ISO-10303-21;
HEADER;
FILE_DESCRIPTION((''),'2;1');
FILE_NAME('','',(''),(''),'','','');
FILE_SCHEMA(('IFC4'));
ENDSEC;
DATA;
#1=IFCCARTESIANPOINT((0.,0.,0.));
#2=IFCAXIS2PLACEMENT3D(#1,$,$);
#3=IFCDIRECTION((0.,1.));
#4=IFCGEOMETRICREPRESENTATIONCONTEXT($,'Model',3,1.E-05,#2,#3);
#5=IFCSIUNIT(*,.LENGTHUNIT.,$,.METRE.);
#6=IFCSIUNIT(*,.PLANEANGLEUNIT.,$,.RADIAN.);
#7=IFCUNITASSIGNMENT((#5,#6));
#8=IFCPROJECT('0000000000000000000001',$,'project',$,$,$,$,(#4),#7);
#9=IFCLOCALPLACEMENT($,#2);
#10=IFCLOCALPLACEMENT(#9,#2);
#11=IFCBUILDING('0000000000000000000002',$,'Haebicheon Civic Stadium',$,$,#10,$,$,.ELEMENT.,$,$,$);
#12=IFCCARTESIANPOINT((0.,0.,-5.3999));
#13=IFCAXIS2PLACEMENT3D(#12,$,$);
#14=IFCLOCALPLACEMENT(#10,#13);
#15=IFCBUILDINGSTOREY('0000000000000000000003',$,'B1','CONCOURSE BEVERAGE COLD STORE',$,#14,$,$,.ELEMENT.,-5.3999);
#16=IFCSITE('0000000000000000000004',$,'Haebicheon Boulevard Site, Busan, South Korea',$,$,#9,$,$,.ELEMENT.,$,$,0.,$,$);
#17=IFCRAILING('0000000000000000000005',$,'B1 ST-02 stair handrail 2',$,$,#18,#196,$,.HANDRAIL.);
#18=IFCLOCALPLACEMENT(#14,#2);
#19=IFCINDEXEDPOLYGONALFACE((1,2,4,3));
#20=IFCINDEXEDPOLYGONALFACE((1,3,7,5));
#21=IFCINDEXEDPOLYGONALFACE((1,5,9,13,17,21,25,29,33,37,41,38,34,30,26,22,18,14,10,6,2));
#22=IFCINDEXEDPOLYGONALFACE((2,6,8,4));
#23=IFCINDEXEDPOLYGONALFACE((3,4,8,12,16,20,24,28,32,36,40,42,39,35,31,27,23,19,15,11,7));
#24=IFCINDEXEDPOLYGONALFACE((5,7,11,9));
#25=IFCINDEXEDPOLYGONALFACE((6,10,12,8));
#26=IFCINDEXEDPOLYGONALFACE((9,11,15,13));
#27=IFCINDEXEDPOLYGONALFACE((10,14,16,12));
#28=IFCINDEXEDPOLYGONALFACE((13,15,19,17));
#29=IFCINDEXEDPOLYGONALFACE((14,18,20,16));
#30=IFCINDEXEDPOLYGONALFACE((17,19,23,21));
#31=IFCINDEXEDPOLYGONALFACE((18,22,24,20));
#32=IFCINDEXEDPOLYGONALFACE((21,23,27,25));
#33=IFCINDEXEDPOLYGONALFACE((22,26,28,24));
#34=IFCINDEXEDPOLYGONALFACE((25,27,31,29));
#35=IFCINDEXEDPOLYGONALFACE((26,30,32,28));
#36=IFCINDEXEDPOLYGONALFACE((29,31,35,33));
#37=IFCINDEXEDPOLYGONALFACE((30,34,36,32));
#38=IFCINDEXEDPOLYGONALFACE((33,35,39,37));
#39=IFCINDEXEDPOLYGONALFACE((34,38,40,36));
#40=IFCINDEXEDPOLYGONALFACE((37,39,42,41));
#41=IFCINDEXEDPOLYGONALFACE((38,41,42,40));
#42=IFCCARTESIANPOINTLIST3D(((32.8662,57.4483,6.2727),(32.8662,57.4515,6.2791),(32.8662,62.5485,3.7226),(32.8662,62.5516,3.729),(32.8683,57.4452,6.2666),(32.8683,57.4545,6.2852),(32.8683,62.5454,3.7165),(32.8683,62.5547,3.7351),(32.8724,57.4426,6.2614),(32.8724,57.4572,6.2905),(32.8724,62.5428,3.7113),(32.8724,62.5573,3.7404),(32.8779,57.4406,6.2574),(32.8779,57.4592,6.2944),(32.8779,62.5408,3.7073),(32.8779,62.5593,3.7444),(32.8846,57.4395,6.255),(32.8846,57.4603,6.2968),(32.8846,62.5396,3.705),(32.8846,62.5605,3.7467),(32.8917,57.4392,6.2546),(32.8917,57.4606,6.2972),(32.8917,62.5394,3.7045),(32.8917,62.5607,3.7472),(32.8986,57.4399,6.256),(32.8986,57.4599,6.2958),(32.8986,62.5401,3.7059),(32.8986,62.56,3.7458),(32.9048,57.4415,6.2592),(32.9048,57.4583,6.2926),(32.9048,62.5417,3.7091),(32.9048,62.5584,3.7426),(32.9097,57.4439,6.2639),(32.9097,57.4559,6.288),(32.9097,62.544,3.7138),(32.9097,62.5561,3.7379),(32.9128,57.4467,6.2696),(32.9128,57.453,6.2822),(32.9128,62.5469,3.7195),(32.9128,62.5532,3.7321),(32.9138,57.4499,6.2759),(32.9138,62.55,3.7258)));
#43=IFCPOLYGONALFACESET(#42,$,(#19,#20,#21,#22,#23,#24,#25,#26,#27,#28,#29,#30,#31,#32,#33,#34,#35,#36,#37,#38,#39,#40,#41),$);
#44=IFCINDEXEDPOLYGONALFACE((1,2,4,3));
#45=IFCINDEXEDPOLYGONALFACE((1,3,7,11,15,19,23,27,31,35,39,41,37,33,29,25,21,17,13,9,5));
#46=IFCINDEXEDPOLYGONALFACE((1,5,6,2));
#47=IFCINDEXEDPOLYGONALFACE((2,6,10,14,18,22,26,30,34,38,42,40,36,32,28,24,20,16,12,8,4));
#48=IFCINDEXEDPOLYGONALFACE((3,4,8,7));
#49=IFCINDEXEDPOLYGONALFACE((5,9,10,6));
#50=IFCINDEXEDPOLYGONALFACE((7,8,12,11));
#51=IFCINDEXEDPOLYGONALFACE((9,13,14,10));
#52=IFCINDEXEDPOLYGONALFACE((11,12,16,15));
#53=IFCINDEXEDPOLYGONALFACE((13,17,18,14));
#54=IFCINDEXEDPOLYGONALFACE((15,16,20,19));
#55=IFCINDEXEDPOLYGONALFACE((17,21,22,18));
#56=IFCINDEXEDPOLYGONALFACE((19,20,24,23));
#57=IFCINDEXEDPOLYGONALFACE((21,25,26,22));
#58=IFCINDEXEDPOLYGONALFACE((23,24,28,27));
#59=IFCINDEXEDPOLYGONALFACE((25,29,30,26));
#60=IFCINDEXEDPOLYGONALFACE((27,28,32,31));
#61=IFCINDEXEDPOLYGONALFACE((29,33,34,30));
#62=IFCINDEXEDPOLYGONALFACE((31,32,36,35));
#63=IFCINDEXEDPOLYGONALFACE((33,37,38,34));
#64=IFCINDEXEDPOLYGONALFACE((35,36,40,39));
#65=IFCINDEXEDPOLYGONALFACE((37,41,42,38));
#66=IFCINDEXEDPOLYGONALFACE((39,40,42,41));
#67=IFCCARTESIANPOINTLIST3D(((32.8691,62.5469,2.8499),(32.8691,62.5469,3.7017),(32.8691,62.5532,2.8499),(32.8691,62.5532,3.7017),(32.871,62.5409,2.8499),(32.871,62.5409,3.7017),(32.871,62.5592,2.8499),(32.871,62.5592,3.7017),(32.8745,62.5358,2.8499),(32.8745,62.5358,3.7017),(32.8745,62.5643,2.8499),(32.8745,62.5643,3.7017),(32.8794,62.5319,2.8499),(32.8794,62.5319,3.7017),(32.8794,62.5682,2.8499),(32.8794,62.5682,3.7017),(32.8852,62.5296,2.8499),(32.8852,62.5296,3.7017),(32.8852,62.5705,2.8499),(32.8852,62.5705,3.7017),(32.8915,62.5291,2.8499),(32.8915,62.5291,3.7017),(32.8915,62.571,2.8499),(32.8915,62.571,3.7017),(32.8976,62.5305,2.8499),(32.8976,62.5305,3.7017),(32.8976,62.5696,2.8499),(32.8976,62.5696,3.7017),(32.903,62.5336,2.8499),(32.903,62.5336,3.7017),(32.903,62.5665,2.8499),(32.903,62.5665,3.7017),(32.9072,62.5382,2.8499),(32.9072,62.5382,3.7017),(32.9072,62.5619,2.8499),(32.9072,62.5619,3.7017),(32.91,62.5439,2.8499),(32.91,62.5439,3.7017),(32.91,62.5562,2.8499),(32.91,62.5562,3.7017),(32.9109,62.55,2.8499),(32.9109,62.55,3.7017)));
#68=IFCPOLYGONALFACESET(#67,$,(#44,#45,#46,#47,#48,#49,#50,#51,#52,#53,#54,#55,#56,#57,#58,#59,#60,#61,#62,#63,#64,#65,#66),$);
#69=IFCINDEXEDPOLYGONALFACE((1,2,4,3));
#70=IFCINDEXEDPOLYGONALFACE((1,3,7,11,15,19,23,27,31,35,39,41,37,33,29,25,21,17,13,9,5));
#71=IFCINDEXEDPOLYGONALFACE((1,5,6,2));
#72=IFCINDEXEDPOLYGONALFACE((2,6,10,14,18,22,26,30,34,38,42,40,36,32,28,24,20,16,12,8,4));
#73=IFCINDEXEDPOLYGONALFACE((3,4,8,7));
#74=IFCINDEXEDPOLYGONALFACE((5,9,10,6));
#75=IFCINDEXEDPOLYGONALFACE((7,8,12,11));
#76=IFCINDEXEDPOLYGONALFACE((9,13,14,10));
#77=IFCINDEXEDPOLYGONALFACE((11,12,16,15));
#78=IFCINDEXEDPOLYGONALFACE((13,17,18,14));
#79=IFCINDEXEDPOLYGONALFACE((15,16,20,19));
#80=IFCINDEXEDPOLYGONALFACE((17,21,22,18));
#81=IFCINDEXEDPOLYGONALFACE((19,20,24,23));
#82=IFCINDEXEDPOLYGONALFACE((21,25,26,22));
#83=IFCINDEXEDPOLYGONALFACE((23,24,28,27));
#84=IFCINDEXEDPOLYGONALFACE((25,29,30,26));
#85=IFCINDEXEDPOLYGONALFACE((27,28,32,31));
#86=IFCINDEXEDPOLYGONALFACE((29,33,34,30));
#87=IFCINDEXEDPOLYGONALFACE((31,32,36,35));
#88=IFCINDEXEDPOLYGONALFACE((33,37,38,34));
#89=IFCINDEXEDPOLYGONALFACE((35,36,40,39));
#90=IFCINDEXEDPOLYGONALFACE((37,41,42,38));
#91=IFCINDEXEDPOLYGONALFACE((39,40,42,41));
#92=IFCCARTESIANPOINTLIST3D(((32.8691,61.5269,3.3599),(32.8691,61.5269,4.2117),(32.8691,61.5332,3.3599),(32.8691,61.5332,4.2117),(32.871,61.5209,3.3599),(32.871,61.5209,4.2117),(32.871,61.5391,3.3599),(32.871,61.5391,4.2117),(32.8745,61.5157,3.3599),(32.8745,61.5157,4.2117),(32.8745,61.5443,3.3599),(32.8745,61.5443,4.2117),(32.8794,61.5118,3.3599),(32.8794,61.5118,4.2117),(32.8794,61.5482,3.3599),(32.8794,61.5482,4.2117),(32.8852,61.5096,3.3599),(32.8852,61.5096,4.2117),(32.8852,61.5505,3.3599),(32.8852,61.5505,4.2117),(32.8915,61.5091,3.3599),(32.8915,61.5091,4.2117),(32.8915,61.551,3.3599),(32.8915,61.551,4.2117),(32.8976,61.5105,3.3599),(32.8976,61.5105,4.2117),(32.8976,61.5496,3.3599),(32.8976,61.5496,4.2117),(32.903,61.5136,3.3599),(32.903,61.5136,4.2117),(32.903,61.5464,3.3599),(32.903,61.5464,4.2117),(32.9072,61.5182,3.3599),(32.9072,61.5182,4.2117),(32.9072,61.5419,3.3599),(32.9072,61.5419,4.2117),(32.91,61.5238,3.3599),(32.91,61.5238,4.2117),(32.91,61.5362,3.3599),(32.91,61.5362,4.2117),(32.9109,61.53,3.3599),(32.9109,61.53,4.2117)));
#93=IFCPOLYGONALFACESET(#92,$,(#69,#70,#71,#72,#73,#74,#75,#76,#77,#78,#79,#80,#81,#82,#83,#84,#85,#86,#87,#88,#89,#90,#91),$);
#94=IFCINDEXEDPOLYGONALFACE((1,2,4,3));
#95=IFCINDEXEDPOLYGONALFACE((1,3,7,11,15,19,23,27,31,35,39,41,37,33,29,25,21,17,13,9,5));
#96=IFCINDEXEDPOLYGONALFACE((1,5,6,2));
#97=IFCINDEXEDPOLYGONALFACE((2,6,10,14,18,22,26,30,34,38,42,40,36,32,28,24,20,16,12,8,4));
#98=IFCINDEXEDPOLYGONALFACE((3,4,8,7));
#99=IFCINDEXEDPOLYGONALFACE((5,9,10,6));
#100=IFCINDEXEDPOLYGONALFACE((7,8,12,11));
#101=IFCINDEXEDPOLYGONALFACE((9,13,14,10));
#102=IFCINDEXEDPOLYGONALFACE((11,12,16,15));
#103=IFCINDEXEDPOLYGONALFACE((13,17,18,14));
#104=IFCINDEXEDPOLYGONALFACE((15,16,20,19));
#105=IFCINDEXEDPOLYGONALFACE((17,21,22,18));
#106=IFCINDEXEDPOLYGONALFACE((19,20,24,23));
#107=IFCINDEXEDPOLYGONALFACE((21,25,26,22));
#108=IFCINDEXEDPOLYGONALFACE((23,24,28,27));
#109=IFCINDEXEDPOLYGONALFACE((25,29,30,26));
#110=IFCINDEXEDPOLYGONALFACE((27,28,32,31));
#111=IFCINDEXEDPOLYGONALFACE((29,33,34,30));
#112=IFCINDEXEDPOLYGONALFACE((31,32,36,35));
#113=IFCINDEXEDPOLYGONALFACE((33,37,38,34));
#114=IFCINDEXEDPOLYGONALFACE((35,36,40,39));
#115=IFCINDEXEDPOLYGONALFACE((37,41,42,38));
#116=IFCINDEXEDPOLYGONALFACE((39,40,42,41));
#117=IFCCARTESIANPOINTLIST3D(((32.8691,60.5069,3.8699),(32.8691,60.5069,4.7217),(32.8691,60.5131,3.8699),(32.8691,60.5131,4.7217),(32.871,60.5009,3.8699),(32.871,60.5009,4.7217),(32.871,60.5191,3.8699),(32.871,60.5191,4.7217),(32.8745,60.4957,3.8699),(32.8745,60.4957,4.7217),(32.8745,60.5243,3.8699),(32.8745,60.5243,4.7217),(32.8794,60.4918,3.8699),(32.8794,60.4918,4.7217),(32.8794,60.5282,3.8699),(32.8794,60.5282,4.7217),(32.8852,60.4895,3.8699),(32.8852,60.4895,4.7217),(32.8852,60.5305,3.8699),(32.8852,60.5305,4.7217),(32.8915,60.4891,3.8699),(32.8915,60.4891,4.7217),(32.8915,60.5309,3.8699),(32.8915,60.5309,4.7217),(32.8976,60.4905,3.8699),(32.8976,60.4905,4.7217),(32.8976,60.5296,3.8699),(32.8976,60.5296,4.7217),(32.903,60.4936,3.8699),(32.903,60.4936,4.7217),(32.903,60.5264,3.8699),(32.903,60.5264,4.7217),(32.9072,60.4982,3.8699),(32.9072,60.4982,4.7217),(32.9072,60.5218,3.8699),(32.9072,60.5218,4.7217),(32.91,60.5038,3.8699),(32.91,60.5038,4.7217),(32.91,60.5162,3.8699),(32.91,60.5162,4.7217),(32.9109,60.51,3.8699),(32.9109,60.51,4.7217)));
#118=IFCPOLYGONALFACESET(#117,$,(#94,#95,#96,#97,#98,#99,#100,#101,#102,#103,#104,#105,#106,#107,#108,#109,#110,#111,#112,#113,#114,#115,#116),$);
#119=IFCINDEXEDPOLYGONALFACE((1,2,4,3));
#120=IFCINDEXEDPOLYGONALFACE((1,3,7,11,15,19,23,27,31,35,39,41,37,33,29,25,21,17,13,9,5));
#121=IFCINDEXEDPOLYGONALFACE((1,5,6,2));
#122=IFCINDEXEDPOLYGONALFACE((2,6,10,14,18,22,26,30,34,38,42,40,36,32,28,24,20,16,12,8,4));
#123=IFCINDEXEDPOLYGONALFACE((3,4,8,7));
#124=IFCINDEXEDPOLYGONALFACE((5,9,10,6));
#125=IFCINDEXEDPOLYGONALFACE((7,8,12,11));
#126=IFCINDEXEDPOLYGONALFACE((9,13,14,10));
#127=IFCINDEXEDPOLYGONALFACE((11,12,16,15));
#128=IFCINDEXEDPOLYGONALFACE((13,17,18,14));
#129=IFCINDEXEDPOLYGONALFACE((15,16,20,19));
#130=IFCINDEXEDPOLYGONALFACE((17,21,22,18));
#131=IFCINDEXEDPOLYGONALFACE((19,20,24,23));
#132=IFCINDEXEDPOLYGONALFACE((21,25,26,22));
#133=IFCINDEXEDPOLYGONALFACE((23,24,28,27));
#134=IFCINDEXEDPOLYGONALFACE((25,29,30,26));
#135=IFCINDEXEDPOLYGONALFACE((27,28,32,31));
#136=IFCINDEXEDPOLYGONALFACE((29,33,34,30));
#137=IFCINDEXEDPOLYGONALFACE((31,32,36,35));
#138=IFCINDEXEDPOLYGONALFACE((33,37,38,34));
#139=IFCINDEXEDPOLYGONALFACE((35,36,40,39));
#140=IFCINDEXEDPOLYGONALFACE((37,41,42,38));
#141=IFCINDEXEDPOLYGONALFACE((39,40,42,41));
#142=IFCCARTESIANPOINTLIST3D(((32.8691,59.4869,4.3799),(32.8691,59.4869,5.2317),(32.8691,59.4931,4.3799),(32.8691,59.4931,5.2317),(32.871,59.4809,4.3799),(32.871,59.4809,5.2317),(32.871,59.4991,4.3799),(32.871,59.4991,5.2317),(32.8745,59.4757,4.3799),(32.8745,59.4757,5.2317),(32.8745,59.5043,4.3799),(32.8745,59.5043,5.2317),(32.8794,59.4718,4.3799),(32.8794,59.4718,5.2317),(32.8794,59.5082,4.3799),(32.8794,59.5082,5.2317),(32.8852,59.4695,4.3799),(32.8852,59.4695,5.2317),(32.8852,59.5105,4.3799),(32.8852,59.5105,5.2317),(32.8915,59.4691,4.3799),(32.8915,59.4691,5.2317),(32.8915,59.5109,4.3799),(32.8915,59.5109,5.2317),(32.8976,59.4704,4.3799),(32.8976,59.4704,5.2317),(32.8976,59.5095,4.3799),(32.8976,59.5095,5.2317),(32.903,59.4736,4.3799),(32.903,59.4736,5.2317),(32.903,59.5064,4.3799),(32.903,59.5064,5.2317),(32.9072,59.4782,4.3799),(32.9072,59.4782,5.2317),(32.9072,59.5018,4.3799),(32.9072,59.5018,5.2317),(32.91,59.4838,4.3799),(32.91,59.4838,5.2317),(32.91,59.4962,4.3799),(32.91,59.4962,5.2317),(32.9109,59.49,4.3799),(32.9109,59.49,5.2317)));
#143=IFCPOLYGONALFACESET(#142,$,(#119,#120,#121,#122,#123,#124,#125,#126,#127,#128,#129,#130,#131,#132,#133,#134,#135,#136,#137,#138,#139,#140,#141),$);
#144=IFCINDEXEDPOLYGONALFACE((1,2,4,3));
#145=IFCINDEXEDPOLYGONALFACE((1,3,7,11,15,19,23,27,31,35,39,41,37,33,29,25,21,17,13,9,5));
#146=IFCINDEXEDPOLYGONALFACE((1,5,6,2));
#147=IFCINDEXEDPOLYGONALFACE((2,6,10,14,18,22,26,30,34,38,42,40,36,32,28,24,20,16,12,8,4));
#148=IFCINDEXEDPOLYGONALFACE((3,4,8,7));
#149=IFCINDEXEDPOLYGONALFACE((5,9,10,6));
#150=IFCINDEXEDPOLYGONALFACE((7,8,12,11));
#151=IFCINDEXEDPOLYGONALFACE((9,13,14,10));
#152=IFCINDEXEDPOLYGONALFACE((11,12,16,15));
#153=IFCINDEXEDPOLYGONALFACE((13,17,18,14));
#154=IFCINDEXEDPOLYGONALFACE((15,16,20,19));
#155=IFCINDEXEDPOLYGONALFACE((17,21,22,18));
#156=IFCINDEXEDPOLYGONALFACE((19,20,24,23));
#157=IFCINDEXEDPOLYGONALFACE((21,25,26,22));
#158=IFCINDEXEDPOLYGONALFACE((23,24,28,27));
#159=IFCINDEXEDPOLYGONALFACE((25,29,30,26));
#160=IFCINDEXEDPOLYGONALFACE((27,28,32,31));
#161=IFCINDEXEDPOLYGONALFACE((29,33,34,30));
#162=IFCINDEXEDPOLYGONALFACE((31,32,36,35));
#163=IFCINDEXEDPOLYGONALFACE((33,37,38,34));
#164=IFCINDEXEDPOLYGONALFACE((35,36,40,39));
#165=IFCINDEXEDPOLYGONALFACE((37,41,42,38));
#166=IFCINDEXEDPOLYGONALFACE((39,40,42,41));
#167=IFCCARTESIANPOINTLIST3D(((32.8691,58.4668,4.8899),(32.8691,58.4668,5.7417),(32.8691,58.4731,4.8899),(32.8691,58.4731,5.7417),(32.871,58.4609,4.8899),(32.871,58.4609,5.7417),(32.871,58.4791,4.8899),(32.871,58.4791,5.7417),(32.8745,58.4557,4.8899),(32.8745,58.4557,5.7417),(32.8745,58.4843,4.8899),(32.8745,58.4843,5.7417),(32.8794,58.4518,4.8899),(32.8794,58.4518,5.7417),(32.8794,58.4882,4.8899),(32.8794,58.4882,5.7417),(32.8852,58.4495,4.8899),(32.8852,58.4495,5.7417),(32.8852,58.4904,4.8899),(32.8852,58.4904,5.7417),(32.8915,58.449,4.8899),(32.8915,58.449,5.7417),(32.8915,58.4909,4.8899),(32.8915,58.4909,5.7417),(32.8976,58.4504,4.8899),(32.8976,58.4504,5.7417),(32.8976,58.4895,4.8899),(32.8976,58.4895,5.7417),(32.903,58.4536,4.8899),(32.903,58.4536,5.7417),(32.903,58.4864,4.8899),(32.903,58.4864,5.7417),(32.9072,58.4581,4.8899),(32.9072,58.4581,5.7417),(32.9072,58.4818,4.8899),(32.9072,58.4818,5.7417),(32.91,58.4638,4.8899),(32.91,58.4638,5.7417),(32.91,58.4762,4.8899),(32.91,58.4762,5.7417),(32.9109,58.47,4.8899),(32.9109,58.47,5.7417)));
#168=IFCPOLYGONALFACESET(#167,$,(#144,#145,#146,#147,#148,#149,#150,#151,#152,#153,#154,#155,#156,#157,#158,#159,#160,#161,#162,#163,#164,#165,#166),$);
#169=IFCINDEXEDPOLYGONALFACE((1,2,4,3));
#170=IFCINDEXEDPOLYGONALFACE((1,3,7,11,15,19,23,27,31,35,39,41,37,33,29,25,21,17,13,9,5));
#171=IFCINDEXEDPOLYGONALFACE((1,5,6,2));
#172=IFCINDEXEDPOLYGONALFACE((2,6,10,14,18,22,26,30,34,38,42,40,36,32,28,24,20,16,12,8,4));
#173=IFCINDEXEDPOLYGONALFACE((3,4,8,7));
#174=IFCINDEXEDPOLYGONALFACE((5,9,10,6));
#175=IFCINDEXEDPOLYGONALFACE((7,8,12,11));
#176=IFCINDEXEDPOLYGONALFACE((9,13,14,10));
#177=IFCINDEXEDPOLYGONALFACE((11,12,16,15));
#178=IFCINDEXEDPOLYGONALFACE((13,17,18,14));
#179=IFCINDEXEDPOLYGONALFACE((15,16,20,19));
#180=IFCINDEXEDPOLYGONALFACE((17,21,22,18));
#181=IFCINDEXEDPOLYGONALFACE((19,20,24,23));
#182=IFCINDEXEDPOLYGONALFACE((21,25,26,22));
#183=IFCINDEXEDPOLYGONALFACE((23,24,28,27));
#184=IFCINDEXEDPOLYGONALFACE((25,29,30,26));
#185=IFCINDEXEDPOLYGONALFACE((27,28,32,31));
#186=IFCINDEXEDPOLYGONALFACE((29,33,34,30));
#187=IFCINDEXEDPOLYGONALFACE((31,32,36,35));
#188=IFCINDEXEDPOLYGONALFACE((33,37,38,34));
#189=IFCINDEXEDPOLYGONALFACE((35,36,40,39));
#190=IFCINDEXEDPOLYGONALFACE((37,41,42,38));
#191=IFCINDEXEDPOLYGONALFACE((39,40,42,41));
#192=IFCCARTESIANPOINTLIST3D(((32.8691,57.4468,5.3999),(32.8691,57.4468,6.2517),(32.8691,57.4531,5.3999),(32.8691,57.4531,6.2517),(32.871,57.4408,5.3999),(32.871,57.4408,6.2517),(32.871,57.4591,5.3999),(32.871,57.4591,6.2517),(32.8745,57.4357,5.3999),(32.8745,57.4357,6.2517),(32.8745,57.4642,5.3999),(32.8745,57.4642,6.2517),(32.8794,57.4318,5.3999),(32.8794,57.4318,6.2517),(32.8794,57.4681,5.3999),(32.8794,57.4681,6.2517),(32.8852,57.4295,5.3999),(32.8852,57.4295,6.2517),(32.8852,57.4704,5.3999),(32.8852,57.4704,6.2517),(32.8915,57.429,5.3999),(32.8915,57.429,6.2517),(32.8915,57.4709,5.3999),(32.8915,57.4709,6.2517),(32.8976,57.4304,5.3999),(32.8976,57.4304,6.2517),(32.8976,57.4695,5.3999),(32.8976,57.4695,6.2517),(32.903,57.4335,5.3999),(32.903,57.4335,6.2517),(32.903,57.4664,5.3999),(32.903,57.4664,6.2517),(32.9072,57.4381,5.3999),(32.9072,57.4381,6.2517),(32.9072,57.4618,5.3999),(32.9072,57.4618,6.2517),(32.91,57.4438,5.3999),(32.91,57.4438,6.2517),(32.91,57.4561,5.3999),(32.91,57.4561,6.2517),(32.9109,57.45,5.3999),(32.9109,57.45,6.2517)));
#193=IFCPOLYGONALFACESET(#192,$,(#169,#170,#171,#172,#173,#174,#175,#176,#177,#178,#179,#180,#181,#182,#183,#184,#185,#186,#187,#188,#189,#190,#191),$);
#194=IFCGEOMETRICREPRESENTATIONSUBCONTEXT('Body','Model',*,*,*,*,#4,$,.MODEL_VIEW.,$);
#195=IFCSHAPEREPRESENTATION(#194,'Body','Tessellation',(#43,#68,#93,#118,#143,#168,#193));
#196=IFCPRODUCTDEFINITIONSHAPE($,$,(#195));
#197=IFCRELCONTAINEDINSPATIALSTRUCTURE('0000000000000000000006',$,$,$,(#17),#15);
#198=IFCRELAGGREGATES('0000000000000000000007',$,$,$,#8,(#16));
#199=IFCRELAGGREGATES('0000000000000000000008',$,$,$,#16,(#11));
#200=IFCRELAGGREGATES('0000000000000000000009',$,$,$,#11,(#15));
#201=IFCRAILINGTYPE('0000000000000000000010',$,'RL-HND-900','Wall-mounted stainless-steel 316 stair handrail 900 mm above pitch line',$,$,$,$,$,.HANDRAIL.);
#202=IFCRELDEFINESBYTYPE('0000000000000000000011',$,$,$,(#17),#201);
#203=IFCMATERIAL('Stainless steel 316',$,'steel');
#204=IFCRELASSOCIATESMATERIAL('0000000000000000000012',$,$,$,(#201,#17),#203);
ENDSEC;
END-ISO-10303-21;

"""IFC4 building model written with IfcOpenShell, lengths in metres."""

from ifc_helpers import new_model, si_unit, direction, frame, origin, origin_2d, place, context, subcontext, project, spatial, circle, extrude, material, type_object, element, save


model = new_model("IFC4")

# Units and contexts
model_context = context("Model", 3, precision=1e-05, world=origin(), true_north=direction((0.0, 1.0)))
body_context = subcontext(model_context, "Body", "Model", "MODEL_VIEW")
ifc_project = project(units=[si_unit("LENGTHUNIT", "METRE"), si_unit("PLANEANGLEUNIT", "RADIAN")], contexts=[model_context])

# Site, building, storey
site_placement = place(None, origin())
site = spatial("IfcSite", under=ifc_project, at=site_placement, Name="Haebicheon Boulevard Site, Busan, South Korea", CompositionType="ELEMENT", RefElevation=0.0)
building_placement = place(site_placement, origin())
building = spatial("IfcBuilding", under=site, at=building_placement, Name="Haebicheon Civic Stadium", CompositionType="ELEMENT")
storey_placement = place(building_placement, frame((0.0, 0.0, -5.3999)))
storey = spatial("IfcBuildingStorey", under=building, at=storey_placement, Name="B1", Description="CONCOURSE BEVERAGE COLD STORE", CompositionType="ELEMENT", Elevation=-5.3999)

# Railing
ifc_material_1 = material(Name="Stainless steel 316", Category="steel")
railing_type_1 = type_object("IfcRailingType", Name="RL-HND-900", Description="Wall-mounted stainless-steel 316 stair handrail 900 mm above pitch line", PredefinedType="HANDRAIL", material=ifc_material_1)
railing_placement = place(storey_placement, frame((32.8899, 62.55, 2.8499)))
element("IfcRailing", 1, at=railing_placement, inside=storey, type_object=railing_type_1, material=ifc_material_1, Name="B1 ST-02 stair handrail 2", PredefinedType="HANDRAIL", context=body_context, shape_type="SweptSolid", body=[
    extrude(circle(Radius=0.0239, at=origin_2d()), frame((0.0, 0.0, 0.876), z_axis=(0.0, -0.894427, 0.447214), x_axis=(1.0, 0.0, 0.0)), (0.0, 0.0, 1.0), 5.7021),
    extrude(circle(Radius=0.021, at=origin_2d()), origin(), (0.0, 0.0, 1.0), 0.8518),
    extrude(circle(Radius=0.021, at=origin_2d()), frame((0.0, -1.02, 0.51)), (0.0, 0.0, 1.0), 0.8518),
    extrude(circle(Radius=0.021, at=origin_2d()), frame((0.0, -2.04, 1.02)), (0.0, 0.0, 1.0), 0.8518),
    extrude(circle(Radius=0.021, at=origin_2d()), frame((0.0, -3.0601, 1.53)), (0.0, 0.0, 1.0), 0.8518),
    extrude(circle(Radius=0.021, at=origin_2d()), frame((0.0, -4.0801, 2.04)), (0.0, 0.0, 1.0), 0.8518),
    extrude(circle(Radius=0.021, at=origin_2d()), frame((0.0, -5.1001, 2.55)), (0.0, 0.0, 1.0), 0.8518),
])

save(model, "model.ifc")
